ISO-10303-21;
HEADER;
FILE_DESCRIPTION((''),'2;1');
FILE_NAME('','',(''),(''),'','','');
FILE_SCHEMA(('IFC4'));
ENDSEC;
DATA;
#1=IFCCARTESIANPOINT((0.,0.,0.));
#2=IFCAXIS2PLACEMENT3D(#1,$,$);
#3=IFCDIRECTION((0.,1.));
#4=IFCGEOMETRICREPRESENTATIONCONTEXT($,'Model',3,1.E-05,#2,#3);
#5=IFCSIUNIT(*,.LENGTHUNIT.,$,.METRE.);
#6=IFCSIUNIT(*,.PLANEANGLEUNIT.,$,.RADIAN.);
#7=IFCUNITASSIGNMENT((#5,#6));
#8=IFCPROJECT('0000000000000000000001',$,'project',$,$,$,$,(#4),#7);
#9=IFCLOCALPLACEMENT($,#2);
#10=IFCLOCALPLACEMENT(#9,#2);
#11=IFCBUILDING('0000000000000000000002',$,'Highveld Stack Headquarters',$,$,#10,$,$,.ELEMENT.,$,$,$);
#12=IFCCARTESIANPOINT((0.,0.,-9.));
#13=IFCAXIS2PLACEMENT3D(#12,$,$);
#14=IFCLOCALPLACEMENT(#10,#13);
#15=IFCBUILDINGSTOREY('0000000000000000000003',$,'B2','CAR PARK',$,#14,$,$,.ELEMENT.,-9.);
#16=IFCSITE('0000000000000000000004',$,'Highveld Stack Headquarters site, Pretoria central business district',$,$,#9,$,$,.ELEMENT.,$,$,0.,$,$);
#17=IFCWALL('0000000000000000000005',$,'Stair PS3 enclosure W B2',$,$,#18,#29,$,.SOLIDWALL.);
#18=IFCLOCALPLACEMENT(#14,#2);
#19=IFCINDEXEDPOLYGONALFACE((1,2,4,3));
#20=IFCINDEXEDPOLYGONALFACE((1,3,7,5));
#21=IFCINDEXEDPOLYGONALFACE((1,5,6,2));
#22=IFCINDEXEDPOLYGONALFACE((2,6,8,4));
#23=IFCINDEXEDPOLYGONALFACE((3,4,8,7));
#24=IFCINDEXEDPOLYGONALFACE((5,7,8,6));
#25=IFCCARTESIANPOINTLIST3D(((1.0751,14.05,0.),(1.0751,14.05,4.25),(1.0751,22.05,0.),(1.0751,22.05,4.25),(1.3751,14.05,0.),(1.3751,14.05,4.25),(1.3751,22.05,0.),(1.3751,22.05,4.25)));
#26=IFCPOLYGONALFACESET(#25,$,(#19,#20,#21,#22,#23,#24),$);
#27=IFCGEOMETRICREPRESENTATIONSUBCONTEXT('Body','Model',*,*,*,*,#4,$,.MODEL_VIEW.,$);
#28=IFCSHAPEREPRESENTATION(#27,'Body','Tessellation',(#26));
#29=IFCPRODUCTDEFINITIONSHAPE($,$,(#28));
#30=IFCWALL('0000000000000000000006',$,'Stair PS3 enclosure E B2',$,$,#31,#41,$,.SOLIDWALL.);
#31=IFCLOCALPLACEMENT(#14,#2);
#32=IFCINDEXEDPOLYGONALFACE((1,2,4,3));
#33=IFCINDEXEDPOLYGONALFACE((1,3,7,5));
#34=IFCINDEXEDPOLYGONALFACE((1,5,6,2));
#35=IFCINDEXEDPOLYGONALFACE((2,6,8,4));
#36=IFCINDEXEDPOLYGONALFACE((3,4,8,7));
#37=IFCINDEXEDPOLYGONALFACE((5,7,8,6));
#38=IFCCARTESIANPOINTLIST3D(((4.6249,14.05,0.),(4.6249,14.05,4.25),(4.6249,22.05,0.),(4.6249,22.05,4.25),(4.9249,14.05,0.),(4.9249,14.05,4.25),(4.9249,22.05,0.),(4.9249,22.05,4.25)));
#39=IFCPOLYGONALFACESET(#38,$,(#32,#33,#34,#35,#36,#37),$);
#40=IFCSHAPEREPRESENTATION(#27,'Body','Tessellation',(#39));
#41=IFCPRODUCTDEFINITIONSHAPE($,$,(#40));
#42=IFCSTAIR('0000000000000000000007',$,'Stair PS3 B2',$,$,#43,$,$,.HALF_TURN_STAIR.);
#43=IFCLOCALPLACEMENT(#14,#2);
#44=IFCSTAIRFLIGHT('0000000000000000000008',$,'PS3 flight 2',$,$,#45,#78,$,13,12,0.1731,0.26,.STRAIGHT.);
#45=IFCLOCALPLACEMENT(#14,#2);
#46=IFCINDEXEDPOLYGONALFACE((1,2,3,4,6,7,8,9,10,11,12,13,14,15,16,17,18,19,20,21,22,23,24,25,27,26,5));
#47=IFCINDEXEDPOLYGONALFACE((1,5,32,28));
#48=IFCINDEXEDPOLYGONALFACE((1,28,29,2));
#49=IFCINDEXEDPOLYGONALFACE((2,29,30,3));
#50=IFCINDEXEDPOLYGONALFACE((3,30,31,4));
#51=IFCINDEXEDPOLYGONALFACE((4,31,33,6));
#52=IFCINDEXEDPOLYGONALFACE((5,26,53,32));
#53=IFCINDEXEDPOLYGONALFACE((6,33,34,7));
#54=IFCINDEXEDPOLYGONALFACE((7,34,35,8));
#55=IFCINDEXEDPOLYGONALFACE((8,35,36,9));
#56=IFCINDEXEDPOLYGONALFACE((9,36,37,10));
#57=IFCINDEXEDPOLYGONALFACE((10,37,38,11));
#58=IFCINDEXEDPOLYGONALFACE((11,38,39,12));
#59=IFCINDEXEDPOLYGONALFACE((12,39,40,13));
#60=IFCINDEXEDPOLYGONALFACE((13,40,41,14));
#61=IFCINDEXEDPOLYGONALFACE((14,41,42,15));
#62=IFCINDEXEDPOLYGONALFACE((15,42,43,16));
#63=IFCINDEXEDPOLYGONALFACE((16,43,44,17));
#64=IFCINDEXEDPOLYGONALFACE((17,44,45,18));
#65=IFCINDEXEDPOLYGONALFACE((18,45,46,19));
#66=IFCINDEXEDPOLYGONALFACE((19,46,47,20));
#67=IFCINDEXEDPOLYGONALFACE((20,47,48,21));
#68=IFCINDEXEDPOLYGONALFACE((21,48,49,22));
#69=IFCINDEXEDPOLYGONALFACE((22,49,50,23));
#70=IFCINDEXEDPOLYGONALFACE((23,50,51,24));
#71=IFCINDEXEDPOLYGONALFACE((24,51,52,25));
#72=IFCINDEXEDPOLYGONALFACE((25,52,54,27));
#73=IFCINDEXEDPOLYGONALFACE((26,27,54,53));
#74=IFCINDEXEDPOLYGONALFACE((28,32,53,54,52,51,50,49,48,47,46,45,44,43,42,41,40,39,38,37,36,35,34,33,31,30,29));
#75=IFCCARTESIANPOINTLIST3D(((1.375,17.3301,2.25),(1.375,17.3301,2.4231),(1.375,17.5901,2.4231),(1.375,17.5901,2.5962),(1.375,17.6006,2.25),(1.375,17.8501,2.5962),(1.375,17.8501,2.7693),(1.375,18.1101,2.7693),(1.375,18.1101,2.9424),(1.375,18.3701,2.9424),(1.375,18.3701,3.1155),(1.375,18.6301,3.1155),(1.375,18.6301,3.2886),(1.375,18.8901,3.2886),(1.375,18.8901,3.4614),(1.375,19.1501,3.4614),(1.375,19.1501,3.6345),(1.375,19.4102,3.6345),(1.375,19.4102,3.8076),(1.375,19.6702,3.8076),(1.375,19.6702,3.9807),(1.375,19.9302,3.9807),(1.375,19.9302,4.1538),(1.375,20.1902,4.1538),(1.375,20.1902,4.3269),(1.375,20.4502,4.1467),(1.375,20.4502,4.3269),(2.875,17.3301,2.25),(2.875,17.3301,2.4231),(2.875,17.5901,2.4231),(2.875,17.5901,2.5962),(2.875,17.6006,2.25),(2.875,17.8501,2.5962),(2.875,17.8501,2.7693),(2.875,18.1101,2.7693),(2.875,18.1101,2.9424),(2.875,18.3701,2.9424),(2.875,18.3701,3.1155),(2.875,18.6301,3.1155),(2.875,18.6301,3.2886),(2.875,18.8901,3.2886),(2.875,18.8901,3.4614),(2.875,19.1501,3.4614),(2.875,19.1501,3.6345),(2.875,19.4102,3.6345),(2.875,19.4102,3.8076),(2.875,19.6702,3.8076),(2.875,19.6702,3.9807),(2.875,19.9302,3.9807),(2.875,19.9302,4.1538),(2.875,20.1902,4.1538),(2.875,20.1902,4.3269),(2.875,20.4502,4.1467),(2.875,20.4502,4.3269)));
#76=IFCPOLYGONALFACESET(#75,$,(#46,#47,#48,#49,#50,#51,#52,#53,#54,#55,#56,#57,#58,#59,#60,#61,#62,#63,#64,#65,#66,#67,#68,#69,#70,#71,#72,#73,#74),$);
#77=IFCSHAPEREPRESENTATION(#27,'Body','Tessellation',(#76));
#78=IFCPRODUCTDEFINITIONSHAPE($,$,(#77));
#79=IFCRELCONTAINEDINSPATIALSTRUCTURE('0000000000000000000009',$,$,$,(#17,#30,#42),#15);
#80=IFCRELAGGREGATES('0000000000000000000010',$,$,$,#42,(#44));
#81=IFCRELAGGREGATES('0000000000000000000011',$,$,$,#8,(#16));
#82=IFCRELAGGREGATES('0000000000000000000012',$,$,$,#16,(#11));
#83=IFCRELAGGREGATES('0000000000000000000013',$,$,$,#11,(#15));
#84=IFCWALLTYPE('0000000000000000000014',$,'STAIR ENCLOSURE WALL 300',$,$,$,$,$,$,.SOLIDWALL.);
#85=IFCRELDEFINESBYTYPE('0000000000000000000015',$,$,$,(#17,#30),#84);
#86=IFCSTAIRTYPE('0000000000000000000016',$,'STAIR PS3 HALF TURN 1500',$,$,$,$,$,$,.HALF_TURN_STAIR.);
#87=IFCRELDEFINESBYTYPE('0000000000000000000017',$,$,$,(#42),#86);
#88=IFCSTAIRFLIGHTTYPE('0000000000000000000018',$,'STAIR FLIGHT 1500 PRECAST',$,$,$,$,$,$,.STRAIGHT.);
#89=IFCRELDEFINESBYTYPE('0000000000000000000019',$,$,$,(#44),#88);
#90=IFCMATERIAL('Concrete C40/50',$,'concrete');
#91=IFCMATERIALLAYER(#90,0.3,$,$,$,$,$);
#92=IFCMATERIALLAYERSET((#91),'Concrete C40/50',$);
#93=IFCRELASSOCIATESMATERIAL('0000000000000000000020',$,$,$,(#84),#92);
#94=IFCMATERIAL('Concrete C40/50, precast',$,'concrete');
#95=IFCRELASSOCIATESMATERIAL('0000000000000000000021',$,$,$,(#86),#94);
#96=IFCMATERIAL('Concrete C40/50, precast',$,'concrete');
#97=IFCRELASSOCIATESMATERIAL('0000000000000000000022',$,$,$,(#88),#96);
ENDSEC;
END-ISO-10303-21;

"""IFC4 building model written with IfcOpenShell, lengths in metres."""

from ifc_helpers import new_model, si_unit, direction, frame, frame_2d, origin, place, context, subcontext, project, spatial, polyline, rectangle, outline, extrude, material, layer, layer_set, type_object, element, aggregate, save


model = new_model("IFC4")

# Units and contexts
model_context = context("Model", 3, precision=1e-05, world=origin(), true_north=direction((0.0, 1.0)))
body_context = subcontext(model_context, "Body", "Model", "MODEL_VIEW")
ifc_project = project(units=[si_unit("LENGTHUNIT", "METRE"), si_unit("PLANEANGLEUNIT", "RADIAN")], contexts=[model_context])

# Site, building, storey
site_placement = place(None, origin())
site = spatial("IfcSite", under=ifc_project, at=site_placement, Name="Highveld Stack Headquarters site, Pretoria central business district", CompositionType="ELEMENT", RefElevation=0.0)
building_placement = place(site_placement, origin())
building = spatial("IfcBuilding", under=site, at=building_placement, Name="Highveld Stack Headquarters", CompositionType="ELEMENT")
storey_placement = place(building_placement, frame((0.0, 0.0, -9.0)))
storey = spatial("IfcBuildingStorey", under=building, at=storey_placement, Name="B2", Description="CAR PARK", CompositionType="ELEMENT", Elevation=-9.0)

# Walls
ifc_material_1 = material(Name="Concrete C40/50", Category="concrete")
ifc_layer_1 = layer(ifc_material_1, 0.3)
ifc_layer_set_1 = layer_set([ifc_layer_1], Name="Concrete C40/50")
wall_type_1 = type_object("IfcWallType", Name="STAIR ENCLOSURE WALL 300", PredefinedType="SOLIDWALL", material=ifc_layer_set_1)
for number, where, z_axis, x_axis, name in (
    (1, (1.2251, 14.05, 0.0), (0.0, 0.0, 1.0), (0.0, 1.0, 0.0), "Stair PS3 enclosure W B2"),
    (2, (4.7749, 14.05, 0.0), (0.0, 0.0, 1.0), (0.0, 1.0, 0.0), "Stair PS3 enclosure E B2"),
):
    element("IfcWall", number, at=place(storey_placement, frame(where, z_axis=z_axis, x_axis=x_axis)), inside=storey, type_object=wall_type_1, Name=name, PredefinedType="SOLIDWALL", context=body_context, shape_type="SweptSolid", body=[
        extrude(rectangle(XDim=8.0, YDim=0.3, at=frame_2d((4.0, 0.0))), origin(), (0.0, 0.0, 1.0), 4.25),
    ])

# Stair, stair flight
ifc_material_2 = material(Name="Concrete C40/50, precast", Category="concrete")
stair_type = type_object("IfcStairType", Name="STAIR PS3 HALF TURN 1500", PredefinedType="HALF_TURN_STAIR", material=ifc_material_2)
stair_placement = place(storey_placement, origin())
stair = element("IfcStair", 3, at=stair_placement, inside=storey, type_object=stair_type, Name="Stair PS3 B2", PredefinedType="HALF_TURN_STAIR")
ifc_material_3 = material(Name="Concrete C40/50, precast", Category="concrete")
stair_flight_type = type_object("IfcStairFlightType", Name="STAIR FLIGHT 1500 PRECAST", PredefinedType="STRAIGHT", material=ifc_material_3)
stair_flight_placement = place(storey_placement, frame((2.125, 17.3301, 2.25), z_axis=(0.0, 0.0, 1.0), x_axis=(0.0, 1.0, 0.0)))
stair_flight = element("IfcStairFlight", 4, at=stair_flight_placement, type_object=stair_flight_type, Name="PS3 flight 2", NumberOfRisers=13, NumberOfTreads=12, PredefinedType="STRAIGHT", RiserHeight=0.1731, TreadLength=0.26, context=body_context, shape_type="SweptSolid", body=[
    extrude(outline(polyline([(0.0, 0.0), (0.0, 0.1731), (0.26, 0.1731), (0.26, 0.3462), (0.52, 0.3462), (0.52, 0.5193), (0.78, 0.5193), (0.78, 0.6924), (1.04, 0.6924), (1.04, 0.8655), (1.3, 0.8655), (1.3, 1.0386), (1.5601, 1.0386), (1.5601, 1.2114), (1.8201, 1.2114), (1.8201, 1.3845), (2.0801, 1.3845), (2.0801, 1.5576), (2.3401, 1.5576), (2.3401, 1.7307), (2.6001, 1.7307), (2.6001, 1.9038), (2.8601, 1.9038), (2.8601, 2.0769), (3.1201, 2.0769), (3.1201, 2.25), (3.1201, 1.8967), (0.2705, 0.0), (0.0, 0.0)])), frame((0.0, 0.75, 0.0), z_axis=(0.0, -1.0, 0.0), x_axis=(1.0, 0.0, 0.0)), (0.0, 0.0, 1.0), 1.5),
])
aggregate(stair, [stair_flight])

save(model, "model.ifc")
